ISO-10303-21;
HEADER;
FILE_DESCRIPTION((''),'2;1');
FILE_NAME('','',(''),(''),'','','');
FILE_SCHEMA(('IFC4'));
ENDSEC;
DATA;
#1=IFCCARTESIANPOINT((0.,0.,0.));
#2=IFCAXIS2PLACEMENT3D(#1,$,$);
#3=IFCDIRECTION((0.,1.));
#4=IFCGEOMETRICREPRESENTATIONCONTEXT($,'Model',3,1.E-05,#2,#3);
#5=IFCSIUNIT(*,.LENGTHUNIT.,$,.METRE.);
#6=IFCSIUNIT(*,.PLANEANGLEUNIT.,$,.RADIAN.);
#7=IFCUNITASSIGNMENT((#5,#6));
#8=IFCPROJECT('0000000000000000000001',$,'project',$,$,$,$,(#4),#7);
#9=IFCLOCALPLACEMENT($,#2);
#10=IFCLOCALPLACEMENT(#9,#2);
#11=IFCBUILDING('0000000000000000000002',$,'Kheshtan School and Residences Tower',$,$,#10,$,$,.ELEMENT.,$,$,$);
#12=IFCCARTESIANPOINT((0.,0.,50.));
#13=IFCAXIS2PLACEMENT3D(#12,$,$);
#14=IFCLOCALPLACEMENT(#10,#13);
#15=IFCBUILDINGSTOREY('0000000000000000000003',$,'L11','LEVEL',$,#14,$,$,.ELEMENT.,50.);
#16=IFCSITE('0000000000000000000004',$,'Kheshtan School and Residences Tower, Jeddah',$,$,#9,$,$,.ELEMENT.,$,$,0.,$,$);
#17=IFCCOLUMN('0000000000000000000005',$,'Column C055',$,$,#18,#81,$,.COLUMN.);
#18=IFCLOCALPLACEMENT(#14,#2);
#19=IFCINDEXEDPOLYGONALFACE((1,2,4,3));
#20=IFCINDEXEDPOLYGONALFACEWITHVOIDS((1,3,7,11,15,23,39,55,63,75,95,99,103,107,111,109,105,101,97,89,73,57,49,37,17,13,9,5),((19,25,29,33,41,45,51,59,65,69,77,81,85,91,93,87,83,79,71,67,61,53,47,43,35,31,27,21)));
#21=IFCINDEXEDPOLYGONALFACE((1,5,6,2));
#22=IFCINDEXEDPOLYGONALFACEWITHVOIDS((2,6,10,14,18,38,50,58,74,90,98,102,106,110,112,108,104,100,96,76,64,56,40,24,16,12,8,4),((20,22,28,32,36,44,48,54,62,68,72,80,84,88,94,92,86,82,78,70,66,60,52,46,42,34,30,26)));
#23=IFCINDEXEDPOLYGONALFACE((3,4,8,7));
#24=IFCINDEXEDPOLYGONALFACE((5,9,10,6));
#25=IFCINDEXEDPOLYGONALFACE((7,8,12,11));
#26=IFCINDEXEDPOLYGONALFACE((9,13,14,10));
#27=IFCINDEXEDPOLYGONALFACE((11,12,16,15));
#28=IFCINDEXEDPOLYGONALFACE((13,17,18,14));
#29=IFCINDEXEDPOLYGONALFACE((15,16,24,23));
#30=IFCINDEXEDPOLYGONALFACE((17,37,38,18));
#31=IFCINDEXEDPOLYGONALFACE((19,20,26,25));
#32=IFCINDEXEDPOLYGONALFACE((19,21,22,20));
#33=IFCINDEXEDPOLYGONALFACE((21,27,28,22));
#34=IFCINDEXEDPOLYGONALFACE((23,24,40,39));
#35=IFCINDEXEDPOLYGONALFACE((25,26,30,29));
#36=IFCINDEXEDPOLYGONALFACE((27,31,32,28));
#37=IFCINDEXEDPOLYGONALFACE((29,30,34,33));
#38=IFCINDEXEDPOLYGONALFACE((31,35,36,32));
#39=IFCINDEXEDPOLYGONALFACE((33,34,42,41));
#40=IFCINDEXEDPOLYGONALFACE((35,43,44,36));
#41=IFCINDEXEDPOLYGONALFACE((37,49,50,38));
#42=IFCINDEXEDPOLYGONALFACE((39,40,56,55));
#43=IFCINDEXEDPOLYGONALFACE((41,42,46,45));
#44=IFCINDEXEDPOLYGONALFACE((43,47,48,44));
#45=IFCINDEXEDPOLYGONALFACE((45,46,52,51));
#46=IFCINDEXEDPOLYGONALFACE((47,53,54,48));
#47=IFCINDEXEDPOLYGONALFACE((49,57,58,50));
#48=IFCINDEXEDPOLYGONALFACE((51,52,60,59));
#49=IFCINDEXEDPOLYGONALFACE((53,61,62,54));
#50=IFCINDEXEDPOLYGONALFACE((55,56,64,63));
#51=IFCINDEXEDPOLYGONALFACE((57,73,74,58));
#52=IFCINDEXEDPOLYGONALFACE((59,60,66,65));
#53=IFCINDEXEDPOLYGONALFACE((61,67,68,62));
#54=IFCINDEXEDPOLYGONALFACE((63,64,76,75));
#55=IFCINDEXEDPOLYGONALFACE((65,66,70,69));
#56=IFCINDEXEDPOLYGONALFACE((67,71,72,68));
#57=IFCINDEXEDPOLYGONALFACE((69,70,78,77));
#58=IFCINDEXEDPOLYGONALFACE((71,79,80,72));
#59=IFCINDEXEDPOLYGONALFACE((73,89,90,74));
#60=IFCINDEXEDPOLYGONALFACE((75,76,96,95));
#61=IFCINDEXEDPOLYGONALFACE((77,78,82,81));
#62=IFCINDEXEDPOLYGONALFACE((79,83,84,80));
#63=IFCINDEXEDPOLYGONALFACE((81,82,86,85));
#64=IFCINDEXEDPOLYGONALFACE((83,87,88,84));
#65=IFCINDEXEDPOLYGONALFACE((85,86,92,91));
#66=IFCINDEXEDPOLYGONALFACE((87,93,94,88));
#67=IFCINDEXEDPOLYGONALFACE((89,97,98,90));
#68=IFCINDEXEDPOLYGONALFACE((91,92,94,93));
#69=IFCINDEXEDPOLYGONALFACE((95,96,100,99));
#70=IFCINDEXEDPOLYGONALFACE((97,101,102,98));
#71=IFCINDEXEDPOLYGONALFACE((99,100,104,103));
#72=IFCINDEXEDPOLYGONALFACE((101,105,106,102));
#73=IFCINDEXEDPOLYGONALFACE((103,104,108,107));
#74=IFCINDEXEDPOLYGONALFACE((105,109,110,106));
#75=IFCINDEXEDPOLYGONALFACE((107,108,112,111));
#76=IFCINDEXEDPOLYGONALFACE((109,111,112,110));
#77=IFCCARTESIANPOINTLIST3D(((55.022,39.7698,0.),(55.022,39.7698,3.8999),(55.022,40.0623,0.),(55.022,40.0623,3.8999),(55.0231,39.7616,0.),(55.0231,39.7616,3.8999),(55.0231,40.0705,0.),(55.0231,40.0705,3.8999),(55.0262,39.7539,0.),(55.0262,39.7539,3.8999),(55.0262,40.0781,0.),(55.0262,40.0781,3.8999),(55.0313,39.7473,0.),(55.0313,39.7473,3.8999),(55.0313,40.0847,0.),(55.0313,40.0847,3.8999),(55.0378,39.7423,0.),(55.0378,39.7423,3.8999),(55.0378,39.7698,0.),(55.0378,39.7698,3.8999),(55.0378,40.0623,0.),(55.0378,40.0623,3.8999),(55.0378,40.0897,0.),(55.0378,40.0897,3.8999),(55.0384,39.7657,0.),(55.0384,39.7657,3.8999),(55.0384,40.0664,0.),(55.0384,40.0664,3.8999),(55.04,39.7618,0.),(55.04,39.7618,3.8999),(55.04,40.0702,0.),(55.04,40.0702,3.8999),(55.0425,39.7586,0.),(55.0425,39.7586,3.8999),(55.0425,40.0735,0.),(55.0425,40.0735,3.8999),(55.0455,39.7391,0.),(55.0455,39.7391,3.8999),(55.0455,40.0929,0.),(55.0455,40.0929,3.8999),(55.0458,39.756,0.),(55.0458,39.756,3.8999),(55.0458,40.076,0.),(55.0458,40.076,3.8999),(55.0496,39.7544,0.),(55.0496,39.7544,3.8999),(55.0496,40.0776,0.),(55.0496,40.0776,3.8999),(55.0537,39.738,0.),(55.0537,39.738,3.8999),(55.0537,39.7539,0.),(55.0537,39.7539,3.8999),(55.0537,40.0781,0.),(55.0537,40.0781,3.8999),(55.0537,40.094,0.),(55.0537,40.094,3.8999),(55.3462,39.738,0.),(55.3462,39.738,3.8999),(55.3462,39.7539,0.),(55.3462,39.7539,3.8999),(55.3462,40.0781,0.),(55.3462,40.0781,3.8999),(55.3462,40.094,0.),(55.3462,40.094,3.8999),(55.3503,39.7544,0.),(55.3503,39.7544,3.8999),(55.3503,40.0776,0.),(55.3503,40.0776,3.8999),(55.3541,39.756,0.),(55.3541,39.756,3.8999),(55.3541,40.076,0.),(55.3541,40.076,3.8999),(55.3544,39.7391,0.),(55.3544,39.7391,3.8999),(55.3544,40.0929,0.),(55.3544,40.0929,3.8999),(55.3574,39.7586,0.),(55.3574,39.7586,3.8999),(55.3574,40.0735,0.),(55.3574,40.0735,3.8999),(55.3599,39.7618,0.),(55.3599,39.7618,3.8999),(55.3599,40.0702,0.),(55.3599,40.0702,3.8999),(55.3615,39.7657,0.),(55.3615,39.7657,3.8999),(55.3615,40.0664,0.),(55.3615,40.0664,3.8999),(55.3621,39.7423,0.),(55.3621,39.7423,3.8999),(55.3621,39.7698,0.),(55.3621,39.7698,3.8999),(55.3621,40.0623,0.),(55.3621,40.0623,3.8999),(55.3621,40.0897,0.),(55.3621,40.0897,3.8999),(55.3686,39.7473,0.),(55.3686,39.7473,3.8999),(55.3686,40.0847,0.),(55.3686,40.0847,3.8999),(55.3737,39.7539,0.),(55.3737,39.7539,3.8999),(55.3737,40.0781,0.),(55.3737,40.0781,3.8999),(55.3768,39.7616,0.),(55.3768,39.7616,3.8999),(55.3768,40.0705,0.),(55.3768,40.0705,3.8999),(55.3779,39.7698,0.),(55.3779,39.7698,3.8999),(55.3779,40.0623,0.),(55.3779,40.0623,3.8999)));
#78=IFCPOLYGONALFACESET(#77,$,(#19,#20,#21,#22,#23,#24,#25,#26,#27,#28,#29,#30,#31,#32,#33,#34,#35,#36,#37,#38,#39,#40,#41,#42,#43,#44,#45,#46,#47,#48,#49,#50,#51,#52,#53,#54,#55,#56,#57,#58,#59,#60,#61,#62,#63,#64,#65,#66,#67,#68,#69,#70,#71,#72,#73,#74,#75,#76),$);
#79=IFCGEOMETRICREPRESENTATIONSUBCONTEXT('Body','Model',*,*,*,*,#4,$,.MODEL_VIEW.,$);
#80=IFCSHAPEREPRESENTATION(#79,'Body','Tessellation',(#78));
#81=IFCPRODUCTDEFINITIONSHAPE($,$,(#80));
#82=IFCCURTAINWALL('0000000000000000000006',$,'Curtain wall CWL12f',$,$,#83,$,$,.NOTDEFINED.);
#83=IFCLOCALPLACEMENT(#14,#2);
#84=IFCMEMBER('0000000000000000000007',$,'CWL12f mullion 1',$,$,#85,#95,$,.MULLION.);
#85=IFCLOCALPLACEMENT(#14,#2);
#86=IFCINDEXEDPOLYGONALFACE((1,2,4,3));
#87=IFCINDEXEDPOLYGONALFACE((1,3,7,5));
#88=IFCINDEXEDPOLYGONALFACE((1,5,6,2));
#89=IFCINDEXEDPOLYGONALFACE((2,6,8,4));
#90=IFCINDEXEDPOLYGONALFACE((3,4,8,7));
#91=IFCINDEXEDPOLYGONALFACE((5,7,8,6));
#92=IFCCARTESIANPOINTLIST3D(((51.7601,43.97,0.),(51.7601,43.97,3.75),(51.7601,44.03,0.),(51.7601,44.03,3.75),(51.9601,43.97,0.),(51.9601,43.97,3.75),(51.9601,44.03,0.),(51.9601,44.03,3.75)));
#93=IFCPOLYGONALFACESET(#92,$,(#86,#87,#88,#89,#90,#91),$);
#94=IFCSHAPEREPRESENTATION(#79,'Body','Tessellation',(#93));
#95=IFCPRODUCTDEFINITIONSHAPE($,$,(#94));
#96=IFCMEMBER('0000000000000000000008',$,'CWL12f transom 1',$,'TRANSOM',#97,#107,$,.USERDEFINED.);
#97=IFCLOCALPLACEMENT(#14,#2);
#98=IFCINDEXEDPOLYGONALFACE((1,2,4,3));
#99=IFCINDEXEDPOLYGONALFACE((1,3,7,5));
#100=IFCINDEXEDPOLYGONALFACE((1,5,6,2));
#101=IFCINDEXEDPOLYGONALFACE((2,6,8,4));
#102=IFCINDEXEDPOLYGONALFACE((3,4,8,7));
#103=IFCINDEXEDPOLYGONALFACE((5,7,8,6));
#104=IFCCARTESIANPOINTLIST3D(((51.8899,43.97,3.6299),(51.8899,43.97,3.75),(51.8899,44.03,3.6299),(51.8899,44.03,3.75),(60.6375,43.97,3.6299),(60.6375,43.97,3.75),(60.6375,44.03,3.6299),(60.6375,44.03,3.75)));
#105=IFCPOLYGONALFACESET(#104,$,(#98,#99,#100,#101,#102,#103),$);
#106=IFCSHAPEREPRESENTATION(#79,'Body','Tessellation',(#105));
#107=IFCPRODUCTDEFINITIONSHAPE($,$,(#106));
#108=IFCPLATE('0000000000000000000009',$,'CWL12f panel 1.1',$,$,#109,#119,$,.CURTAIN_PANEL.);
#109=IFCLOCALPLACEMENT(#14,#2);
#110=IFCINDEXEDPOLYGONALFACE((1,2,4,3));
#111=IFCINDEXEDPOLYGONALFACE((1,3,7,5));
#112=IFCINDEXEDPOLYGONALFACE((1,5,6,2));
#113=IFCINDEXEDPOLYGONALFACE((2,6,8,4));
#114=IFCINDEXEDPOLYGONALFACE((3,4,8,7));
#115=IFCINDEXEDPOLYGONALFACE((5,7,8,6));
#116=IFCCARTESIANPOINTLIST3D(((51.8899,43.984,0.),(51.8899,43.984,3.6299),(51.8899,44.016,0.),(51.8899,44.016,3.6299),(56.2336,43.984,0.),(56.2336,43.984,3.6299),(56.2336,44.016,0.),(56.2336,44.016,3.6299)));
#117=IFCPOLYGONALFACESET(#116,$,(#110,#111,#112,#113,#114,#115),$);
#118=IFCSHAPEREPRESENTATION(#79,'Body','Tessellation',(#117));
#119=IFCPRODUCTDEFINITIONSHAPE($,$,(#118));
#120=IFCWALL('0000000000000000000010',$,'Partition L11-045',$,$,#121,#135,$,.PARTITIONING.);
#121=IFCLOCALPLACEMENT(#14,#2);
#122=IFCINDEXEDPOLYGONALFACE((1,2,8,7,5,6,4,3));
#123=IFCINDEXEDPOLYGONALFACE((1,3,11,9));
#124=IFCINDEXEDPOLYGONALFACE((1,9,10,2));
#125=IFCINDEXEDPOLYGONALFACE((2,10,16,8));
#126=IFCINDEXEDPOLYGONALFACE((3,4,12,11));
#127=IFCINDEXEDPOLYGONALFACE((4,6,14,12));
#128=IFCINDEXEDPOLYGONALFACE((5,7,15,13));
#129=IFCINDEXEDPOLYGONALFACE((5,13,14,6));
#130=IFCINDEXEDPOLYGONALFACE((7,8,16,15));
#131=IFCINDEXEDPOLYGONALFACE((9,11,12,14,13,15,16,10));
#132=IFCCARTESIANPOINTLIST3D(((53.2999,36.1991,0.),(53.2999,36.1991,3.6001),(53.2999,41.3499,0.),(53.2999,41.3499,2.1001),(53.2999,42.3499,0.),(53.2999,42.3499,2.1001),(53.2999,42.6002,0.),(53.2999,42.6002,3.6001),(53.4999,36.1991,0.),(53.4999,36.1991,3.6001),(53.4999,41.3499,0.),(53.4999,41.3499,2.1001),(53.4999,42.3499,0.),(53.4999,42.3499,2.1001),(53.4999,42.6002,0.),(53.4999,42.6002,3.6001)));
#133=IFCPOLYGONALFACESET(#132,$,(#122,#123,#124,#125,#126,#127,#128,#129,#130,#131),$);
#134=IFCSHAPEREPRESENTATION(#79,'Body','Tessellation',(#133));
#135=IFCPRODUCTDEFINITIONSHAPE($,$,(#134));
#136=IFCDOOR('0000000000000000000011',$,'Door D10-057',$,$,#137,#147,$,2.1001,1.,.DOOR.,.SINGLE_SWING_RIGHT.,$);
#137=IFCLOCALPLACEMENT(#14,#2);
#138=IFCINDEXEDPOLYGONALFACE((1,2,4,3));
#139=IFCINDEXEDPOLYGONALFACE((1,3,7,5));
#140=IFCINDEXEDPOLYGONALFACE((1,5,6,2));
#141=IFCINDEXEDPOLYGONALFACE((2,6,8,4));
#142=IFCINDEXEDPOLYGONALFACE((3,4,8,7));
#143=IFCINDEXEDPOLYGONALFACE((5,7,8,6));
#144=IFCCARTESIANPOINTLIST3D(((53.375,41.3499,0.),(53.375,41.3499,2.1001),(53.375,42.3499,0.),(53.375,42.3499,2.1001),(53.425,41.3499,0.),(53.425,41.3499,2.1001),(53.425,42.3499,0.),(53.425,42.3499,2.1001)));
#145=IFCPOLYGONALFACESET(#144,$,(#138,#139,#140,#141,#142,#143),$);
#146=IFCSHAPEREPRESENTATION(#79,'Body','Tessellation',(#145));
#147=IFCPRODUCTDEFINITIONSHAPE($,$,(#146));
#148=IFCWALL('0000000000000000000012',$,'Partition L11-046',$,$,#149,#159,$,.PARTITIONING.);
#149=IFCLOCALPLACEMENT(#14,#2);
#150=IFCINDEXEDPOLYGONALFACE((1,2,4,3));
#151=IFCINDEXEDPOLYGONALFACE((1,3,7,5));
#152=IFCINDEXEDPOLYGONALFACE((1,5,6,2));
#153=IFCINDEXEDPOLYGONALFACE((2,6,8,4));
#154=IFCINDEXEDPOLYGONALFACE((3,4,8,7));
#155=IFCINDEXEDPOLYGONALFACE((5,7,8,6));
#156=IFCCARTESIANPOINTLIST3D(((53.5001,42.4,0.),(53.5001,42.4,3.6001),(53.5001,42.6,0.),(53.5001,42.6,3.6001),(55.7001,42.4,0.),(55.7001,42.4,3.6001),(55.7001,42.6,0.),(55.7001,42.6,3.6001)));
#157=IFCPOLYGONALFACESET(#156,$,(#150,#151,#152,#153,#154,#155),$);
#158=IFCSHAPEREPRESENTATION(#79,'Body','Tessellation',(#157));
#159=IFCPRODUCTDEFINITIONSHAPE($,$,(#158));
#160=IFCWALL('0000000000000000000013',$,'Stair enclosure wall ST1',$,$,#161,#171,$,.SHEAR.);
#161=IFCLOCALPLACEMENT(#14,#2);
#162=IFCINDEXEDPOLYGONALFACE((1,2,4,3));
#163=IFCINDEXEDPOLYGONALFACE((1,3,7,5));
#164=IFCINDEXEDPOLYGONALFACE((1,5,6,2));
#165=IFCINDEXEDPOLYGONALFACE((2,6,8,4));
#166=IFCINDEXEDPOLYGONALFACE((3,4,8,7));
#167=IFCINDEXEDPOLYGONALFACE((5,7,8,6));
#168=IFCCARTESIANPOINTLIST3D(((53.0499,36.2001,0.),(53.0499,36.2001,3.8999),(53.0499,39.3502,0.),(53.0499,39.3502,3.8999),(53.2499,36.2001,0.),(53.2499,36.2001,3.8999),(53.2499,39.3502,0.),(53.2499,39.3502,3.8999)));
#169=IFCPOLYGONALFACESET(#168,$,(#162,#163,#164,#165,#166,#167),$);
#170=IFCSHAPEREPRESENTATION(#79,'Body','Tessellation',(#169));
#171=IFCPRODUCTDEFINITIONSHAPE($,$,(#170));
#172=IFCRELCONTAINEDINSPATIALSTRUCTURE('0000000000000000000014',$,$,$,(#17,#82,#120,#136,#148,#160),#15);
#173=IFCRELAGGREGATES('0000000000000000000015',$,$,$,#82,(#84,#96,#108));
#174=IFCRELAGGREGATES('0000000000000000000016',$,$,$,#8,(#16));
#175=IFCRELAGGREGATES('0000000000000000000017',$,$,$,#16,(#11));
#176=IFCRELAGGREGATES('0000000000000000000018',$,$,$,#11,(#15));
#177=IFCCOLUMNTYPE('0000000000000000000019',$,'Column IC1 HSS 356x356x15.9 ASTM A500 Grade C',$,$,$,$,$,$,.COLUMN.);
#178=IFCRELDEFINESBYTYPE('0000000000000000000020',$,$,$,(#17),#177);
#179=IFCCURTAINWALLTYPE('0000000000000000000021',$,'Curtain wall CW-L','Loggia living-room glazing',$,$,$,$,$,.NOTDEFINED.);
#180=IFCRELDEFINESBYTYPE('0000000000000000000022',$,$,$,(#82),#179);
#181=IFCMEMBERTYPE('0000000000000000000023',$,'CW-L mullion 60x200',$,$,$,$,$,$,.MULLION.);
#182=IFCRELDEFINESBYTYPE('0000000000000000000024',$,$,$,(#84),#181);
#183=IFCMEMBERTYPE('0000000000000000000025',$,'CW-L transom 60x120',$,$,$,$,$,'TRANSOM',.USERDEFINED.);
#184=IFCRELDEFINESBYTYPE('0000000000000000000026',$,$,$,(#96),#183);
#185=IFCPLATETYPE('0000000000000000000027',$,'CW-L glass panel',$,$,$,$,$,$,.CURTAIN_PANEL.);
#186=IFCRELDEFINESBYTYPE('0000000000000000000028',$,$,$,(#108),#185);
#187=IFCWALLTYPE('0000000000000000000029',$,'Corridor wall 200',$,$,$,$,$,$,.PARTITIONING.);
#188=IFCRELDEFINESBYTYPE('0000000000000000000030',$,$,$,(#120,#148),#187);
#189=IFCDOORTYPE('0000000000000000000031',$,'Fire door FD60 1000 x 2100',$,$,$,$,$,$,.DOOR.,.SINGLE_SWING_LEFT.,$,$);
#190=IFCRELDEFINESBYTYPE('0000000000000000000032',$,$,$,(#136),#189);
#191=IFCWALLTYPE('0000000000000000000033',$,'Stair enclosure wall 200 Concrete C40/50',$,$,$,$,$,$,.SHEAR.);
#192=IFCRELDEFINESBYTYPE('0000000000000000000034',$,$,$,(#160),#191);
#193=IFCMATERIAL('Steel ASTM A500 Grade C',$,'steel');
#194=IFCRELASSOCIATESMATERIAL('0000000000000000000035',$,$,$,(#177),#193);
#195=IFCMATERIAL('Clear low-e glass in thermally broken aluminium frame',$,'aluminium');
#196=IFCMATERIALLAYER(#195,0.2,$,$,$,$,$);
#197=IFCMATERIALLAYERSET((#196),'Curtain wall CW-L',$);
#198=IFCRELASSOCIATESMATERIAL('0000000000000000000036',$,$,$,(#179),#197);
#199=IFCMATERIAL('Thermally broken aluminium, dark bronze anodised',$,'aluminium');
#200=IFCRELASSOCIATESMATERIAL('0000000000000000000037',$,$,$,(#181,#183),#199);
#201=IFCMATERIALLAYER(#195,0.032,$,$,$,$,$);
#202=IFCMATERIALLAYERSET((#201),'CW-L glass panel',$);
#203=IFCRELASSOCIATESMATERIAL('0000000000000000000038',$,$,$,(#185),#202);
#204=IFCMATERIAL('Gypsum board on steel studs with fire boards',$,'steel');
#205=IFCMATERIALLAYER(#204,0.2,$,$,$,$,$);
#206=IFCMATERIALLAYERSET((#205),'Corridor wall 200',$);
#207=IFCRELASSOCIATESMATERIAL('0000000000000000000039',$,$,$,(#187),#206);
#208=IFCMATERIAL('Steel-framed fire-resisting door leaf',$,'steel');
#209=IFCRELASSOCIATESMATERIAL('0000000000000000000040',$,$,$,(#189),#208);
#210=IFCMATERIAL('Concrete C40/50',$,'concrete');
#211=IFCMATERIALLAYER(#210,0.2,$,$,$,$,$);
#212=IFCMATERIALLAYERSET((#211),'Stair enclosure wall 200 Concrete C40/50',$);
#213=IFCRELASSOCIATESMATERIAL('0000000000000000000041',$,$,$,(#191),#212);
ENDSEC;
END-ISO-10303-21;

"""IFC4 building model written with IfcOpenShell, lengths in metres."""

from ifc_helpers import new_model, si_unit, direction, frame, frame_2d, origin, origin_2d, place, context, subcontext, project, spatial, rectangle, hollow_rectangle, extrude, source, transform, mapped, material, layer, layer_set, material_profile, profile_set, type_object, element, fill, aggregate, save


model = new_model("IFC4")

# Units and contexts
model_context = context("Model", 3, precision=1e-05, world=origin(), true_north=direction((0.0, 1.0)))
body_context = subcontext(model_context, "Body", "Model", "MODEL_VIEW")
ifc_project = project(units=[si_unit("LENGTHUNIT", "METRE"), si_unit("PLANEANGLEUNIT", "RADIAN")], contexts=[model_context])

# Site, building, storey
site_placement = place(None, origin())
site = spatial("IfcSite", under=ifc_project, at=site_placement, Name="Kheshtan School and Residences Tower, Jeddah", CompositionType="ELEMENT", RefElevation=0.0)
building_placement = place(site_placement, origin())
building = spatial("IfcBuilding", under=site, at=building_placement, Name="Kheshtan School and Residences Tower", CompositionType="ELEMENT")
storey_placement = place(building_placement, frame((0.0, 0.0, 50.0)))
storey = spatial("IfcBuildingStorey", under=building, at=storey_placement, Name="L11", Description="LEVEL", CompositionType="ELEMENT", Elevation=50.0)

# Column
ifc_material_1 = material(Name="Steel ASTM A500 Grade C", Category="steel")
ifc_material_profile_1 = material_profile(ifc_material_1, hollow_rectangle(XDim=0.356, YDim=0.356, WallThickness=0.0159, InnerFilletRadius=0.0159, OuterFilletRadius=0.0317, at=origin_2d()), Name="HSS 356x356x15.9")
ifc_profile_set_1 = profile_set([ifc_material_profile_1], Name="Steel ASTM A500 Grade C")
column_type = type_object("IfcColumnType", Name="Column IC1 HSS 356x356x15.9 ASTM A500 Grade C", PredefinedType="COLUMN", material=ifc_profile_set_1)
column_placement = place(storey_placement, frame((55.2, 39.916, 0.0), z_axis=(0.0, 0.0, 1.0), x_axis=(1.0, 0.0, 0.0)))
element("IfcColumn", 1, at=column_placement, inside=storey, type_object=column_type, Name="Column C055", PredefinedType="COLUMN", context=body_context, shape_type="SweptSolid", body=[
    extrude(hollow_rectangle(XDim=0.356, YDim=0.356, WallThickness=0.0159, InnerFilletRadius=0.0159, OuterFilletRadius=0.0317, at=origin_2d()), origin(), (0.0, 0.0, 1.0), 3.8999),
])

# Curtain wall, members, plate
ifc_material_2 = material(Name="Clear low-e glass in thermally broken aluminium frame", Category="aluminium")
ifc_layer_1 = layer(ifc_material_2, 0.2)
ifc_layer_set_1 = layer_set([ifc_layer_1], Name="Curtain wall CW-L")
curtain_wall_type = type_object("IfcCurtainWallType", Name="Curtain wall CW-L", Description="Loggia living-room glazing", PredefinedType="NOTDEFINED", material=ifc_layer_set_1)
curtain_wall_placement = place(storey_placement, origin())
curtain_wall = element("IfcCurtainWall", 2, at=curtain_wall_placement, inside=storey, type_object=curtain_wall_type, Name="Curtain wall CWL12f", PredefinedType="NOTDEFINED")
ifc_material_3 = material(Name="Thermally broken aluminium, dark bronze anodised", Category="aluminium")
ifc_material_profile_2 = material_profile(ifc_material_3, rectangle(XDim=0.0601, YDim=0.2, at=origin_2d()), Name="CW-L mullion 60x200")
ifc_profile_set_2 = profile_set([ifc_material_profile_2], Name="Thermally broken aluminium, dark bronze anodised")
member_type_1 = type_object("IfcMemberType", Name="CW-L mullion 60x200", PredefinedType="MULLION", material=ifc_profile_set_2)
member_1_placement = place(storey_placement, frame((51.8601, 44.0, 0.0), z_axis=(0.0, 0.0, 1.0), x_axis=(0.0, 1.0, 0.0)))
member_1 = element("IfcMember", 3, at=member_1_placement, type_object=member_type_1, Name="CWL12f mullion 1", PredefinedType="MULLION", context=body_context, shape_type="SweptSolid", body=[
    extrude(rectangle(XDim=0.0601, YDim=0.2, at=origin_2d()), origin(), (0.0, 0.0, 1.0), 3.75),
])
ifc_material_profile_3 = material_profile(ifc_material_3, rectangle(XDim=0.0601, YDim=0.1201, at=origin_2d()), Name="CW-L transom 60x120")
ifc_profile_set_3 = profile_set([ifc_material_profile_3], Name="Thermally broken aluminium, dark bronze anodised")
member_type_2 = type_object("IfcMemberType", Name="CW-L transom 60x120", ElementType="TRANSOM", PredefinedType="USERDEFINED", material=ifc_profile_set_3)
member_2_placement = place(storey_placement, frame((51.8899, 44.0, 3.6899), z_axis=(1.0, 0.0, 0.0), x_axis=(0.0, 1.0, 0.0)))
member_2 = element("IfcMember", 4, at=member_2_placement, type_object=member_type_2, Name="CWL12f transom 1", ObjectType="TRANSOM", PredefinedType="USERDEFINED", context=body_context, shape_type="SweptSolid", body=[
    extrude(rectangle(XDim=0.0601, YDim=0.1201, at=origin_2d()), origin(), (0.0, 0.0, 1.0), 8.7476),
])
ifc_layer_2 = layer(ifc_material_2, 0.032)
ifc_layer_set_2 = layer_set([ifc_layer_2], Name="CW-L glass panel")
plate_type = type_object("IfcPlateType", Name="CW-L glass panel", PredefinedType="CURTAIN_PANEL", material=ifc_layer_set_2)
plate_placement = place(storey_placement, frame((54.0618, 44.0, 0.0), z_axis=(0.0, 0.0, 1.0), x_axis=(1.0, 0.0, 0.0)))
plate = element("IfcPlate", 5, at=plate_placement, type_object=plate_type, Name="CWL12f panel 1.1", PredefinedType="CURTAIN_PANEL", context=body_context, shape_type="SweptSolid", body=[
    extrude(rectangle(XDim=4.3438, YDim=0.032, at=origin_2d()), origin(), (0.0, 0.0, 1.0), 3.6299),
])
aggregate(curtain_wall, [member_1, member_2, plate])

# Wall, opening, door
ifc_material_4 = material(Name="Gypsum board on steel studs with fire boards", Category="steel")
ifc_layer_3 = layer(ifc_material_4, 0.2)
ifc_layer_set_3 = layer_set([ifc_layer_3], Name="Corridor wall 200")
wall_type_1 = type_object("IfcWallType", Name="Corridor wall 200", PredefinedType="PARTITIONING", material=ifc_layer_set_3)
wall_1_placement = place(storey_placement, frame((53.3999, 36.199, 0.0), z_axis=(0.0, 0.0, 1.0), x_axis=(0.0, 1.0, 0.0)))
wall_1 = element("IfcWall", 6, at=wall_1_placement, inside=storey, type_object=wall_type_1, Name="Partition L11-045", PredefinedType="PARTITIONING", context=body_context, shape_type="SweptSolid", body=[
    extrude(rectangle(XDim=6.4011, YDim=0.2, at=frame_2d((3.2007, 0.0))), origin(), (0.0, 0.0, 1.0), 3.6001),
])
opening_1_placement = place(wall_1_placement, frame((5.1509, 0.0, 0.0)))
opening_1 = element("IfcOpeningElement", 7, at=opening_1_placement, cuts=wall_1, PredefinedType="OPENING", context=body_context, shape_type="SweptSolid", body=[
    extrude(rectangle(XDim=1.0, YDim=2.1001, at=frame_2d((0.5, 1.05))), frame((0.0, 0.1099, 0.0), z_axis=(0.0, -1.0, 0.0), x_axis=(1.0, 0.0, 0.0)), (0.0, 0.0, 1.0), 0.22),
])
ifc_material_5 = material(Name="Steel-framed fire-resisting door leaf", Category="steel")
door_type_1 = type_object("IfcDoorType", Name="Fire door FD60 1000 x 2100", OperationType="SINGLE_SWING_LEFT", PredefinedType="DOOR", material=ifc_material_5)
shared_shape_1 = source(origin(), body_context, "Body", "SweptSolid", [
    extrude(rectangle(XDim=1.0, YDim=2.1001, at=frame_2d((0.5, 1.05))), frame((0.0, 0.0249, 0.0), z_axis=(0.0, -1.0, 0.0), x_axis=(1.0, 0.0, 0.0)), (0.0, 0.0, 1.0), 0.05),
])
door_1_placement = place(opening_1_placement, origin())
door_1 = element("IfcDoor", 8, at=door_1_placement, inside=storey, type_object=door_type_1, Name="Door D10-057", OperationType="SINGLE_SWING_RIGHT", OverallHeight=2.1001, OverallWidth=1.0, PredefinedType="DOOR", context=body_context, shape_type="MappedRepresentation", body=[
    mapped(shared_shape_1, transform((0.0, 0.0, 0.0), x_axis=(1.0, 0.0, 0.0), y_axis=(0.0, 1.0, 0.0), z_axis=(0.0, 0.0, 1.0), scale=1.0)),
])
fill(opening_1, door_1)

# Wall
wall_2_placement = place(storey_placement, frame((53.5, 42.5, 0.0), z_axis=(0.0, 0.0, 1.0), x_axis=(1.0, 0.0, 0.0)))
element("IfcWall", 9, at=wall_2_placement, inside=storey, type_object=wall_type_1, Name="Partition L11-046", PredefinedType="PARTITIONING", context=body_context, shape_type="SweptSolid", body=[
    extrude(rectangle(XDim=2.2, YDim=0.2, at=frame_2d((1.1001, 0.0))), origin(), (0.0, 0.0, 1.0), 3.6001),
])

# Wall
ifc_material_6 = material(Name="Concrete C40/50", Category="concrete")
ifc_layer_4 = layer(ifc_material_6, 0.2)
ifc_layer_set_4 = layer_set([ifc_layer_4], Name="Stair enclosure wall 200 Concrete C40/50")
wall_type_2 = type_object("IfcWallType", Name="Stair enclosure wall 200 Concrete C40/50", PredefinedType="SHEAR", material=ifc_layer_set_4)
wall_3_placement = place(storey_placement, frame((53.1499, 36.2, 0.0), z_axis=(0.0, 0.0, 1.0), x_axis=(0.0, 1.0, 0.0)))
element("IfcWall", 10, at=wall_3_placement, inside=storey, type_object=wall_type_2, Name="Stair enclosure wall ST1", PredefinedType="SHEAR", context=body_context, shape_type="SweptSolid", body=[
    extrude(rectangle(XDim=3.1501, YDim=0.2, at=frame_2d((1.5752, 0.0))), origin(), (0.0, 0.0, 1.0), 3.8999),
])

save(model, "model.ifc")
